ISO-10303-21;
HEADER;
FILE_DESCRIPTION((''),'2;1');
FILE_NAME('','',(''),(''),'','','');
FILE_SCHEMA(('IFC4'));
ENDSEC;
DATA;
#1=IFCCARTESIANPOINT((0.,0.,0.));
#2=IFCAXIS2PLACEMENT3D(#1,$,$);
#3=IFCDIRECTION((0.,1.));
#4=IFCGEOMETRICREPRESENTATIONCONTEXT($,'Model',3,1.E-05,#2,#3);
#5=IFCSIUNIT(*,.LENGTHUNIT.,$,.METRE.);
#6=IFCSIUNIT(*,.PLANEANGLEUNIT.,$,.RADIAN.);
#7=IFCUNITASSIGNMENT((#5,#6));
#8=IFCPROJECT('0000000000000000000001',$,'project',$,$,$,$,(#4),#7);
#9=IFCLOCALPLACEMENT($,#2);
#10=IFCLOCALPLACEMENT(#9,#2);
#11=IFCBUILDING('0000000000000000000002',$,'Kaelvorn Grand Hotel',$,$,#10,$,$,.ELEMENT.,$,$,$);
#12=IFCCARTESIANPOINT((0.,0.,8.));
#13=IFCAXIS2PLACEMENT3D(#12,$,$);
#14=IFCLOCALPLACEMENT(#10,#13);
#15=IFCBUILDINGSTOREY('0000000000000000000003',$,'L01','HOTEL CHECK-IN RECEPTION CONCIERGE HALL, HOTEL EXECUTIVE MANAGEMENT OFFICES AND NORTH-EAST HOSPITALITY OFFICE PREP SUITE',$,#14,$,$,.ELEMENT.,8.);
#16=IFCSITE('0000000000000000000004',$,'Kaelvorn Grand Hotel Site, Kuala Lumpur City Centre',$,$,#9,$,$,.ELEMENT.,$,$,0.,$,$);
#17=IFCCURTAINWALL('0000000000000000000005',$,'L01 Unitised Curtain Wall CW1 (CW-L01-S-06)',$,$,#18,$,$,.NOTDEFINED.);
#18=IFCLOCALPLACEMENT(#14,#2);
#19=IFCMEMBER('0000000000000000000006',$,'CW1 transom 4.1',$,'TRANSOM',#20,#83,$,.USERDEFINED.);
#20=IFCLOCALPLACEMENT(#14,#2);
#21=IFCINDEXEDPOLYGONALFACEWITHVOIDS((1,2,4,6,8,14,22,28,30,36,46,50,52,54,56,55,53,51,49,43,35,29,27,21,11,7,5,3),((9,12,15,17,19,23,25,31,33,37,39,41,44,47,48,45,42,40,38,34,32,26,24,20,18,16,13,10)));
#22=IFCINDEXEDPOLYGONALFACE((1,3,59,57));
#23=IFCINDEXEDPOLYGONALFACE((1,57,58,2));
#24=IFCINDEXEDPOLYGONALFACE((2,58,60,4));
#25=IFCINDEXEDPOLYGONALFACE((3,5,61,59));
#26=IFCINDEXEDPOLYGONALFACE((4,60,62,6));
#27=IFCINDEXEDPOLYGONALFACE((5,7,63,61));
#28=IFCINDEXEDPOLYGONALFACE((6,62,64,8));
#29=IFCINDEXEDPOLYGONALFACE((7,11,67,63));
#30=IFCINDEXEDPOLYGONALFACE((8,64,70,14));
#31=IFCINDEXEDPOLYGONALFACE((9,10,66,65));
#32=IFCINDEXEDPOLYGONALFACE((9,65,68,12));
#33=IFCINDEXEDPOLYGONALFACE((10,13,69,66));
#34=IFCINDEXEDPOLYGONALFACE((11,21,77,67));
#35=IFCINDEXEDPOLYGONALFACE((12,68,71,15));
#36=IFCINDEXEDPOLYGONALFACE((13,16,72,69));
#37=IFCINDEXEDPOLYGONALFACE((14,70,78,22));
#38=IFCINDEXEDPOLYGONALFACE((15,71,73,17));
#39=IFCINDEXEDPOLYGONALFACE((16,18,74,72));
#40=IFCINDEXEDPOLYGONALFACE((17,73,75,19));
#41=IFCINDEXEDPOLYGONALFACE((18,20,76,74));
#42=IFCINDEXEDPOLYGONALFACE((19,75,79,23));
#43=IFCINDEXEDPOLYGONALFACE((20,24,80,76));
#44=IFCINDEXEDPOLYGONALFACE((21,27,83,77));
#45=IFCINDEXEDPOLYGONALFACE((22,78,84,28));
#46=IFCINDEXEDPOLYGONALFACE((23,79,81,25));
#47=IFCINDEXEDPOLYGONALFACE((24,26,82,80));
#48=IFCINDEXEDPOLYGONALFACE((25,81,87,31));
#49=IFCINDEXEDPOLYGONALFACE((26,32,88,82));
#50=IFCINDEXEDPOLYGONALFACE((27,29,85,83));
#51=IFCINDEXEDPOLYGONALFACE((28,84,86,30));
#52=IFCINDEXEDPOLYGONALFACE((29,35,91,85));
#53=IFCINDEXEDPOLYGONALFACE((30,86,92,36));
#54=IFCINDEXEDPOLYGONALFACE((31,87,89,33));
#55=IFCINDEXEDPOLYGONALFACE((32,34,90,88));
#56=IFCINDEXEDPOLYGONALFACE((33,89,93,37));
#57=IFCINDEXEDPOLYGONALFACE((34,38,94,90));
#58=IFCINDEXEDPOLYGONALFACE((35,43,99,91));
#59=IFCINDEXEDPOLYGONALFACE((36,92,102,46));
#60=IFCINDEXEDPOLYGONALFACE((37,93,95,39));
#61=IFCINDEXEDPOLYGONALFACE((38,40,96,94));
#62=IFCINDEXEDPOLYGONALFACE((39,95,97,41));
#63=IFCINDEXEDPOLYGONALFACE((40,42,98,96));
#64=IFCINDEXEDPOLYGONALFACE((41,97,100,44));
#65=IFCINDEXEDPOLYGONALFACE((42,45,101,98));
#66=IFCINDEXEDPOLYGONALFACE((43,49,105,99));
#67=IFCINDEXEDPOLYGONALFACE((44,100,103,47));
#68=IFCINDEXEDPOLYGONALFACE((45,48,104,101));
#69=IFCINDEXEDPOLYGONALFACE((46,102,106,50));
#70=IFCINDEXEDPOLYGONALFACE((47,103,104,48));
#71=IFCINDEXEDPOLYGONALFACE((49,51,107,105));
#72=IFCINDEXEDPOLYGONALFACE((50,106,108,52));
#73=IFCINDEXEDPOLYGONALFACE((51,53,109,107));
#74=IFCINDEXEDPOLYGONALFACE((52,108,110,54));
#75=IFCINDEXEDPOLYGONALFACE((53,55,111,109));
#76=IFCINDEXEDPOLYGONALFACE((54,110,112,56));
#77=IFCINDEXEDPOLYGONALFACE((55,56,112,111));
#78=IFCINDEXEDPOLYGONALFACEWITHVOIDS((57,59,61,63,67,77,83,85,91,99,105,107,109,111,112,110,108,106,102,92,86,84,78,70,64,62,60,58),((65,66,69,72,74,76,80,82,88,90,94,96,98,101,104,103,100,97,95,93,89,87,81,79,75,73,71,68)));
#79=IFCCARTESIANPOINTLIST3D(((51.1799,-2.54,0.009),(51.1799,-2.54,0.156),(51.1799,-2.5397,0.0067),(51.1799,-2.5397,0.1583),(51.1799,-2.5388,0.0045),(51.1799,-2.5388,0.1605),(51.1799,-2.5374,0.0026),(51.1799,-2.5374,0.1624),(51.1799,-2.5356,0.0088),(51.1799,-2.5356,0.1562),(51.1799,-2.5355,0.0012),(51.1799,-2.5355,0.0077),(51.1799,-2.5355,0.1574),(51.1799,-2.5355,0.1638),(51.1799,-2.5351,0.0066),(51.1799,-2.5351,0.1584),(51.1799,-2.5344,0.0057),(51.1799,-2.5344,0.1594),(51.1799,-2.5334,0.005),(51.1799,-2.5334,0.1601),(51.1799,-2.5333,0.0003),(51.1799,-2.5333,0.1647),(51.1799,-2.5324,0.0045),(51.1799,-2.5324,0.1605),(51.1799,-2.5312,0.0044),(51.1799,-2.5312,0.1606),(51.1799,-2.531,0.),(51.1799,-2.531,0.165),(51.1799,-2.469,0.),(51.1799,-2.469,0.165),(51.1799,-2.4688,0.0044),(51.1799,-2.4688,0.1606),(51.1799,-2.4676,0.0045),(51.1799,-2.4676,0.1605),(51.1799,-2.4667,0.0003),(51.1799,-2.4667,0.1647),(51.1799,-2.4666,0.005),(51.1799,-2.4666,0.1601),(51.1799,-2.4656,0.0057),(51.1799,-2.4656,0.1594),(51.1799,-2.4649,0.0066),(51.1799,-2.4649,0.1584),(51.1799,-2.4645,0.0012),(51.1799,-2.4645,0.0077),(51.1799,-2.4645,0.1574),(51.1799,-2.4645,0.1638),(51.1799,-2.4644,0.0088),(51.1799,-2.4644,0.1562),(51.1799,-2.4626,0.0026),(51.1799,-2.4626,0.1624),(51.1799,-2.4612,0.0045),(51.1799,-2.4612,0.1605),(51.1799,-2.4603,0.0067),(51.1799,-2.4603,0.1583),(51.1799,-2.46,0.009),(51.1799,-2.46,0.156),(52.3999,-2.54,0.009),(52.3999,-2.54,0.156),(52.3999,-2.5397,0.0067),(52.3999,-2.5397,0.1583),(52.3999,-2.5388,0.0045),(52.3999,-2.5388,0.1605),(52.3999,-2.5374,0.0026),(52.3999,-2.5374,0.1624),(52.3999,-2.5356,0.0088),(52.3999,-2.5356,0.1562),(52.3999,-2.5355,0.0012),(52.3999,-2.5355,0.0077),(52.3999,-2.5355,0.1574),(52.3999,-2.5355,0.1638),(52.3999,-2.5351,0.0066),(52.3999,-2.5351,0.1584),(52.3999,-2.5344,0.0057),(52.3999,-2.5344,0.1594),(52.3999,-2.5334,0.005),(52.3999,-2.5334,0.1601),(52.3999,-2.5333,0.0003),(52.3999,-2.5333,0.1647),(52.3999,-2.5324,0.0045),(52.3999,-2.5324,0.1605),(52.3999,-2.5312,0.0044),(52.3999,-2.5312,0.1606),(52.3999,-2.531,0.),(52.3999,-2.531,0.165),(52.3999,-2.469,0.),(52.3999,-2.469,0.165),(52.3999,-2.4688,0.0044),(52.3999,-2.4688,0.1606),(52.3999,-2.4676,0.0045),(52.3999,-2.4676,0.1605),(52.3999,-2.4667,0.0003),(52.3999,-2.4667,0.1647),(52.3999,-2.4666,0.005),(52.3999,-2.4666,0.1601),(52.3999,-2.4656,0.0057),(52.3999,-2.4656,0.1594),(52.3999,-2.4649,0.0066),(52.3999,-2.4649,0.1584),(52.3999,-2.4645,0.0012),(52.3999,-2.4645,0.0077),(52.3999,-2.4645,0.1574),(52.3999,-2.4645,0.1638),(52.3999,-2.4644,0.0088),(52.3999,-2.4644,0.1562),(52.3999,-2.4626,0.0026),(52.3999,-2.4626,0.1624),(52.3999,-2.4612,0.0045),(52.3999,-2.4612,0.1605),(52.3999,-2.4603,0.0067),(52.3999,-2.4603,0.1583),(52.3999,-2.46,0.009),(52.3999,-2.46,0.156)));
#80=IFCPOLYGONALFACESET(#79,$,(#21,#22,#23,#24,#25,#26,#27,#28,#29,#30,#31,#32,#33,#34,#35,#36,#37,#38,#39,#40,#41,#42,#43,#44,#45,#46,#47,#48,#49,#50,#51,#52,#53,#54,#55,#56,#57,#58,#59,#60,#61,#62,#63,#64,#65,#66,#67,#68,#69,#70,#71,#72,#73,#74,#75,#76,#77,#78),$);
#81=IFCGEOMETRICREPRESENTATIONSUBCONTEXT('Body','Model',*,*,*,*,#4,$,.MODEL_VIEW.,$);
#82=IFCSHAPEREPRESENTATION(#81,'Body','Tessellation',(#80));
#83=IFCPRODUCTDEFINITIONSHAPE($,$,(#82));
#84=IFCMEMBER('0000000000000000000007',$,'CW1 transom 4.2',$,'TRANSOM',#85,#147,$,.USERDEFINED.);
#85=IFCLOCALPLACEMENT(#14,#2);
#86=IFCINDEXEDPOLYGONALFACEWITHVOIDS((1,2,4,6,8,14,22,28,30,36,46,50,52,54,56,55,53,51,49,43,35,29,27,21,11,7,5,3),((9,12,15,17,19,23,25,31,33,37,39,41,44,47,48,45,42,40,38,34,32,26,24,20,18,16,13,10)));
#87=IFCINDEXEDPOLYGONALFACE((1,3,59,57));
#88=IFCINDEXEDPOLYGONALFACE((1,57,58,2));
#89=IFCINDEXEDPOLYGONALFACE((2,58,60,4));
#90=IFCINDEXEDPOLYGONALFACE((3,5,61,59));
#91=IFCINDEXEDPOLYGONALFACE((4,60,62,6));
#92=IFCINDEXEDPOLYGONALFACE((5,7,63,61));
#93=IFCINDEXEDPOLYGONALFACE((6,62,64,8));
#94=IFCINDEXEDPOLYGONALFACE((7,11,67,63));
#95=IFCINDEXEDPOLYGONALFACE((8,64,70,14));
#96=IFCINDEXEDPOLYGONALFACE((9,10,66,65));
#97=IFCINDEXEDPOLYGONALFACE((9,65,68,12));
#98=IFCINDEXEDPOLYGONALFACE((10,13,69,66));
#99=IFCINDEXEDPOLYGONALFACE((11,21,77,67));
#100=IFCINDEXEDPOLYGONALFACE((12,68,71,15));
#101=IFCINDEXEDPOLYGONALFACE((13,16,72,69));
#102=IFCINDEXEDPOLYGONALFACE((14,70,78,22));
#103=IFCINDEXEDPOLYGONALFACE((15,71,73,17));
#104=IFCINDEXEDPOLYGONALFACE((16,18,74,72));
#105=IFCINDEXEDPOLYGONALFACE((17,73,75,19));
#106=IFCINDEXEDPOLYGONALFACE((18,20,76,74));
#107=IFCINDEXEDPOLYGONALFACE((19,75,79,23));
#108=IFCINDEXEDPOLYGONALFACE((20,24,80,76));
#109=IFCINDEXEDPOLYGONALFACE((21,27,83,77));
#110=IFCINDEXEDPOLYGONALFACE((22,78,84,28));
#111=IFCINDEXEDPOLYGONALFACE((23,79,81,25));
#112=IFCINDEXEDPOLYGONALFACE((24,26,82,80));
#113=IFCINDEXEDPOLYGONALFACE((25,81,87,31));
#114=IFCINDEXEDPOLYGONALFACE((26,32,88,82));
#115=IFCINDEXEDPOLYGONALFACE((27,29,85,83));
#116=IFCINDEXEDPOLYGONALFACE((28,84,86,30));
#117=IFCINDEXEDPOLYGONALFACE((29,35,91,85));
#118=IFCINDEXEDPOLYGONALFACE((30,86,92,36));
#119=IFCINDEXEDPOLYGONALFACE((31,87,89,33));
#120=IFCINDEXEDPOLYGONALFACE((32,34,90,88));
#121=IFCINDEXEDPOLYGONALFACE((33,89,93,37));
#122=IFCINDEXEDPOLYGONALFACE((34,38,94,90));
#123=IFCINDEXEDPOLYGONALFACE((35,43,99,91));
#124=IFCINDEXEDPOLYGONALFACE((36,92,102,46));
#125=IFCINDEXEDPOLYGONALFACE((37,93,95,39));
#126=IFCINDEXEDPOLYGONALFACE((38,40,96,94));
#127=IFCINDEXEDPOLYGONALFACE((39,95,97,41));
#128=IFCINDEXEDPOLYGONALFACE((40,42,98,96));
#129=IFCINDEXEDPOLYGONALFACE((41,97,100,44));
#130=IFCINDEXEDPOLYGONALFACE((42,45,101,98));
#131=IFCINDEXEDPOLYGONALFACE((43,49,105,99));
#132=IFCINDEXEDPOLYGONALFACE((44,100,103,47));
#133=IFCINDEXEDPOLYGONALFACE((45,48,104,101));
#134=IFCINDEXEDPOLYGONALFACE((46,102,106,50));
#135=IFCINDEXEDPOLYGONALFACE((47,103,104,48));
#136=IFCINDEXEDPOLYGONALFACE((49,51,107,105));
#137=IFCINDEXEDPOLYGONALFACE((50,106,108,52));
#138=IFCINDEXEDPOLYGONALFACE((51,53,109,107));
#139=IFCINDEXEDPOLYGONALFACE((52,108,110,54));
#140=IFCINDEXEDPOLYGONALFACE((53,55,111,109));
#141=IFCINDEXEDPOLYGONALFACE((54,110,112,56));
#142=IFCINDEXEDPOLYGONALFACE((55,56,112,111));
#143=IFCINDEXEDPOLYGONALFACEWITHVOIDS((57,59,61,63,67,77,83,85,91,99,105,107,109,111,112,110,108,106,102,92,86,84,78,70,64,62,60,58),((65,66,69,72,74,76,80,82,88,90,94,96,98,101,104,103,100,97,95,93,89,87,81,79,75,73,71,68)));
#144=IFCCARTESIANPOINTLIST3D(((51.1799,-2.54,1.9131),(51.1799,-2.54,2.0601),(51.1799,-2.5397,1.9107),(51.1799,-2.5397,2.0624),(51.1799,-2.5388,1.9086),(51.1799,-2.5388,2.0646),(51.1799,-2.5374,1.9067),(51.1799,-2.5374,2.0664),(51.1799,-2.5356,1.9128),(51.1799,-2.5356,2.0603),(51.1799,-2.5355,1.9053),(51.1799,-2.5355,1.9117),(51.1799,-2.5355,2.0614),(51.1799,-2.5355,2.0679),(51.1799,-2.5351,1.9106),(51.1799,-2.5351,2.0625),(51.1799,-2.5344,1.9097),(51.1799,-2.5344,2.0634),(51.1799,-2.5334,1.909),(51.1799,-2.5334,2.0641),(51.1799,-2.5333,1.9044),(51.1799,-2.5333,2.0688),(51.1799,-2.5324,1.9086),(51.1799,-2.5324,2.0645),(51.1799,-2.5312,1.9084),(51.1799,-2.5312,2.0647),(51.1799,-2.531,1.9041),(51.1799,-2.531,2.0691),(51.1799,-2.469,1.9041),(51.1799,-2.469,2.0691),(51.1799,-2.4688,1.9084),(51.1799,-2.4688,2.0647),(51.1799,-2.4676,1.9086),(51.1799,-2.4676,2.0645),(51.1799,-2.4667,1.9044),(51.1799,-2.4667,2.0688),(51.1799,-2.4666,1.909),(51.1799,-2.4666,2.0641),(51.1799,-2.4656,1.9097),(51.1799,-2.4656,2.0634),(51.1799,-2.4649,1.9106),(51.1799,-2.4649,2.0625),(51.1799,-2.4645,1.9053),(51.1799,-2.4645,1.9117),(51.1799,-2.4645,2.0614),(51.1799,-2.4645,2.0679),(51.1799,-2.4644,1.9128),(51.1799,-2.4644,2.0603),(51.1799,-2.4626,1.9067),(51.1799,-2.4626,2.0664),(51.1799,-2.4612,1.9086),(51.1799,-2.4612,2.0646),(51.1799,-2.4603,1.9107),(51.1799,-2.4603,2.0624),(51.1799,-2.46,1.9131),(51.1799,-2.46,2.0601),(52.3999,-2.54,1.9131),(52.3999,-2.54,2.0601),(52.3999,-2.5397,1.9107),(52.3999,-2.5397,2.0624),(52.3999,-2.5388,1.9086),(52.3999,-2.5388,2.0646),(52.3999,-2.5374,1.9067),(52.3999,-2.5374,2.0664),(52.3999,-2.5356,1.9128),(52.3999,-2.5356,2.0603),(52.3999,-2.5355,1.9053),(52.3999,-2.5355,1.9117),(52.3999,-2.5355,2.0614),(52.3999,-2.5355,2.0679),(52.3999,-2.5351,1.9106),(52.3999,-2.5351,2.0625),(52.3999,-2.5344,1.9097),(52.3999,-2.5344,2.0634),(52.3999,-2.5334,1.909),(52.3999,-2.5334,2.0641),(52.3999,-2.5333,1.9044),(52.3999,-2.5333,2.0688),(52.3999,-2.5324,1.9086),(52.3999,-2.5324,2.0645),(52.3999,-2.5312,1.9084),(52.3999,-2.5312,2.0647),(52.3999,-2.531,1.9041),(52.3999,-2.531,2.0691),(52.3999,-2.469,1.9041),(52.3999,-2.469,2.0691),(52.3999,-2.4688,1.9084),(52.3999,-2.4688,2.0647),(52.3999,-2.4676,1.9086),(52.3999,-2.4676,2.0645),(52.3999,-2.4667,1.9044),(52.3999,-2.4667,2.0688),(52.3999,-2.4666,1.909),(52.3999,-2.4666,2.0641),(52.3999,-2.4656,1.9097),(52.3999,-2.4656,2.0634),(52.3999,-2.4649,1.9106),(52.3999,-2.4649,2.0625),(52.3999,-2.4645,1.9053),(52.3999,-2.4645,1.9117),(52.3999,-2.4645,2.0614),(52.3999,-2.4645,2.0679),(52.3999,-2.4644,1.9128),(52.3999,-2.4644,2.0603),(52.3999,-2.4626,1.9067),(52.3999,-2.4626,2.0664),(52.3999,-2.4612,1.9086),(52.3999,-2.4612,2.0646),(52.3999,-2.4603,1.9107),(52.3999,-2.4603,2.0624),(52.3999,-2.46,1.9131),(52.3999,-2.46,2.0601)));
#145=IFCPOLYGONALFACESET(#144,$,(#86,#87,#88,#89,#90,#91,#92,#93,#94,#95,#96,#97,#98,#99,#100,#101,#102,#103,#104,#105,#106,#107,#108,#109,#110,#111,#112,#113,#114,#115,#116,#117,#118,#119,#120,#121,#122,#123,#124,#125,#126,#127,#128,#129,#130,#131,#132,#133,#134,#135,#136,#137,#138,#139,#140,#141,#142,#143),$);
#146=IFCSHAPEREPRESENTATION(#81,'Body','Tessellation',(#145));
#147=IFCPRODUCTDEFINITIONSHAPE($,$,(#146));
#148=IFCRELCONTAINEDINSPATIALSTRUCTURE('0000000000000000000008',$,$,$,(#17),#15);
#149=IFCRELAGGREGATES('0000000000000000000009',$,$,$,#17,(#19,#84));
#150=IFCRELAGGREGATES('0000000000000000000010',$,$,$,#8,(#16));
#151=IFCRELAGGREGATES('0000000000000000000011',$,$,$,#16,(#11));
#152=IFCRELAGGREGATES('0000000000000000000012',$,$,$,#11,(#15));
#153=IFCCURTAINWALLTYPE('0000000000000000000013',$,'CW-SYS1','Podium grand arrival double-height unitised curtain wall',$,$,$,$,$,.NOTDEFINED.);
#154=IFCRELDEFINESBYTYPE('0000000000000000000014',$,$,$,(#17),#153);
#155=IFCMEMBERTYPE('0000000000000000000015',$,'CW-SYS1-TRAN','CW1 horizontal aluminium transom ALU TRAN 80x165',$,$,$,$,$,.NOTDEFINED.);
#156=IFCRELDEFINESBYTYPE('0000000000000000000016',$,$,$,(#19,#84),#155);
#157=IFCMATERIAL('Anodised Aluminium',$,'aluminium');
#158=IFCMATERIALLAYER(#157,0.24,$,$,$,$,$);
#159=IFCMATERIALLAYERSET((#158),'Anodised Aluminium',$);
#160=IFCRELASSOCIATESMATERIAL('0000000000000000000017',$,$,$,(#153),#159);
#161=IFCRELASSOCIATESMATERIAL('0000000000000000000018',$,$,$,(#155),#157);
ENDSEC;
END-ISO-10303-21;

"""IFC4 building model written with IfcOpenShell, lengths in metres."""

from ifc_helpers import new_model, si_unit, direction, frame, origin, origin_2d, place, context, subcontext, project, spatial, hollow_rectangle, extrude, material, layer, layer_set, material_profile, profile_set, type_object, element, aggregate, save


model = new_model("IFC4")

# Units and contexts
model_context = context("Model", 3, precision=1e-05, world=origin(), true_north=direction((0.0, 1.0)))
body_context = subcontext(model_context, "Body", "Model", "MODEL_VIEW")
ifc_project = project(units=[si_unit("LENGTHUNIT", "METRE"), si_unit("PLANEANGLEUNIT", "RADIAN")], contexts=[model_context])

# Site, building, storey
site_placement = place(None, origin())
site = spatial("IfcSite", under=ifc_project, at=site_placement, Name="Kaelvorn Grand Hotel Site, Kuala Lumpur City Centre", CompositionType="ELEMENT", RefElevation=0.0)
building_placement = place(site_placement, origin())
building = spatial("IfcBuilding", under=site, at=building_placement, Name="Kaelvorn Grand Hotel", CompositionType="ELEMENT")
storey_placement = place(building_placement, frame((0.0, 0.0, 8.0)))
storey = spatial("IfcBuildingStorey", under=building, at=storey_placement, Name="L01", Description="HOTEL CHECK-IN RECEPTION CONCIERGE HALL, HOTEL EXECUTIVE MANAGEMENT OFFICES AND NORTH-EAST HOSPITALITY OFFICE PREP SUITE", CompositionType="ELEMENT", Elevation=8.0)

# Curtain wall
ifc_material_1 = material(Name="Anodised Aluminium", Category="aluminium")
ifc_layer_1 = layer(ifc_material_1, 0.24)
ifc_layer_set_1 = layer_set([ifc_layer_1], Name="Anodised Aluminium")
curtain_wall_type = type_object("IfcCurtainWallType", Name="CW-SYS1", Description="Podium grand arrival double-height unitised curtain wall", PredefinedType="NOTDEFINED", material=ifc_layer_set_1)
curtain_wall_1_placement = place(storey_placement, origin())
curtain_wall_1 = element("IfcCurtainWall", 1, at=curtain_wall_1_placement, inside=storey, type_object=curtain_wall_type, Name="L01 Unitised Curtain Wall CW1 (CW-L01-S-06)", PredefinedType="NOTDEFINED")

# Members
ifc_material_profile_1 = material_profile(ifc_material_1, hollow_rectangle(XDim=0.0801, YDim=0.165, WallThickness=0.0044, InnerFilletRadius=0.0044, OuterFilletRadius=0.009, at=origin_2d()), Name="ALU TRAN 80x165")
ifc_profile_set_1 = profile_set([ifc_material_profile_1], Name="Anodised Aluminium")
member_type_1 = type_object("IfcMemberType", Name="CW-SYS1-TRAN", Description="CW1 horizontal aluminium transom ALU TRAN 80x165", PredefinedType="NOTDEFINED", material=ifc_profile_set_1)
member_1_placement = place(storey_placement, frame((51.1799, -2.5, 0.0825), z_axis=(1.0, 0.0, 0.0), x_axis=(0.0, 1.0, 0.0)))
member_1 = element("IfcMember", 2, at=member_1_placement, type_object=member_type_1, Name="CW1 transom 4.1", ObjectType="TRANSOM", PredefinedType="USERDEFINED", context=body_context, shape_type="SweptSolid", body=[
    extrude(hollow_rectangle(XDim=0.0801, YDim=0.165, WallThickness=0.0044, InnerFilletRadius=0.0044, OuterFilletRadius=0.009, at=origin_2d()), origin(), (0.0, 0.0, 1.0), 1.22),
])
member_2_placement = place(storey_placement, frame((51.1799, -2.5, 1.9866), z_axis=(1.0, 0.0, 0.0), x_axis=(0.0, 1.0, 0.0)))
member_2 = element("IfcMember", 3, at=member_2_placement, type_object=member_type_1, Name="CW1 transom 4.2", ObjectType="TRANSOM", PredefinedType="USERDEFINED", context=body_context, shape_type="SweptSolid", body=[
    extrude(hollow_rectangle(XDim=0.0801, YDim=0.165, WallThickness=0.0044, InnerFilletRadius=0.0044, OuterFilletRadius=0.009, at=origin_2d()), origin(), (0.0, 0.0, 1.0), 1.22),
])

aggregate(curtain_wall_1, [member_1, member_2])

save(model, "model.ifc")
